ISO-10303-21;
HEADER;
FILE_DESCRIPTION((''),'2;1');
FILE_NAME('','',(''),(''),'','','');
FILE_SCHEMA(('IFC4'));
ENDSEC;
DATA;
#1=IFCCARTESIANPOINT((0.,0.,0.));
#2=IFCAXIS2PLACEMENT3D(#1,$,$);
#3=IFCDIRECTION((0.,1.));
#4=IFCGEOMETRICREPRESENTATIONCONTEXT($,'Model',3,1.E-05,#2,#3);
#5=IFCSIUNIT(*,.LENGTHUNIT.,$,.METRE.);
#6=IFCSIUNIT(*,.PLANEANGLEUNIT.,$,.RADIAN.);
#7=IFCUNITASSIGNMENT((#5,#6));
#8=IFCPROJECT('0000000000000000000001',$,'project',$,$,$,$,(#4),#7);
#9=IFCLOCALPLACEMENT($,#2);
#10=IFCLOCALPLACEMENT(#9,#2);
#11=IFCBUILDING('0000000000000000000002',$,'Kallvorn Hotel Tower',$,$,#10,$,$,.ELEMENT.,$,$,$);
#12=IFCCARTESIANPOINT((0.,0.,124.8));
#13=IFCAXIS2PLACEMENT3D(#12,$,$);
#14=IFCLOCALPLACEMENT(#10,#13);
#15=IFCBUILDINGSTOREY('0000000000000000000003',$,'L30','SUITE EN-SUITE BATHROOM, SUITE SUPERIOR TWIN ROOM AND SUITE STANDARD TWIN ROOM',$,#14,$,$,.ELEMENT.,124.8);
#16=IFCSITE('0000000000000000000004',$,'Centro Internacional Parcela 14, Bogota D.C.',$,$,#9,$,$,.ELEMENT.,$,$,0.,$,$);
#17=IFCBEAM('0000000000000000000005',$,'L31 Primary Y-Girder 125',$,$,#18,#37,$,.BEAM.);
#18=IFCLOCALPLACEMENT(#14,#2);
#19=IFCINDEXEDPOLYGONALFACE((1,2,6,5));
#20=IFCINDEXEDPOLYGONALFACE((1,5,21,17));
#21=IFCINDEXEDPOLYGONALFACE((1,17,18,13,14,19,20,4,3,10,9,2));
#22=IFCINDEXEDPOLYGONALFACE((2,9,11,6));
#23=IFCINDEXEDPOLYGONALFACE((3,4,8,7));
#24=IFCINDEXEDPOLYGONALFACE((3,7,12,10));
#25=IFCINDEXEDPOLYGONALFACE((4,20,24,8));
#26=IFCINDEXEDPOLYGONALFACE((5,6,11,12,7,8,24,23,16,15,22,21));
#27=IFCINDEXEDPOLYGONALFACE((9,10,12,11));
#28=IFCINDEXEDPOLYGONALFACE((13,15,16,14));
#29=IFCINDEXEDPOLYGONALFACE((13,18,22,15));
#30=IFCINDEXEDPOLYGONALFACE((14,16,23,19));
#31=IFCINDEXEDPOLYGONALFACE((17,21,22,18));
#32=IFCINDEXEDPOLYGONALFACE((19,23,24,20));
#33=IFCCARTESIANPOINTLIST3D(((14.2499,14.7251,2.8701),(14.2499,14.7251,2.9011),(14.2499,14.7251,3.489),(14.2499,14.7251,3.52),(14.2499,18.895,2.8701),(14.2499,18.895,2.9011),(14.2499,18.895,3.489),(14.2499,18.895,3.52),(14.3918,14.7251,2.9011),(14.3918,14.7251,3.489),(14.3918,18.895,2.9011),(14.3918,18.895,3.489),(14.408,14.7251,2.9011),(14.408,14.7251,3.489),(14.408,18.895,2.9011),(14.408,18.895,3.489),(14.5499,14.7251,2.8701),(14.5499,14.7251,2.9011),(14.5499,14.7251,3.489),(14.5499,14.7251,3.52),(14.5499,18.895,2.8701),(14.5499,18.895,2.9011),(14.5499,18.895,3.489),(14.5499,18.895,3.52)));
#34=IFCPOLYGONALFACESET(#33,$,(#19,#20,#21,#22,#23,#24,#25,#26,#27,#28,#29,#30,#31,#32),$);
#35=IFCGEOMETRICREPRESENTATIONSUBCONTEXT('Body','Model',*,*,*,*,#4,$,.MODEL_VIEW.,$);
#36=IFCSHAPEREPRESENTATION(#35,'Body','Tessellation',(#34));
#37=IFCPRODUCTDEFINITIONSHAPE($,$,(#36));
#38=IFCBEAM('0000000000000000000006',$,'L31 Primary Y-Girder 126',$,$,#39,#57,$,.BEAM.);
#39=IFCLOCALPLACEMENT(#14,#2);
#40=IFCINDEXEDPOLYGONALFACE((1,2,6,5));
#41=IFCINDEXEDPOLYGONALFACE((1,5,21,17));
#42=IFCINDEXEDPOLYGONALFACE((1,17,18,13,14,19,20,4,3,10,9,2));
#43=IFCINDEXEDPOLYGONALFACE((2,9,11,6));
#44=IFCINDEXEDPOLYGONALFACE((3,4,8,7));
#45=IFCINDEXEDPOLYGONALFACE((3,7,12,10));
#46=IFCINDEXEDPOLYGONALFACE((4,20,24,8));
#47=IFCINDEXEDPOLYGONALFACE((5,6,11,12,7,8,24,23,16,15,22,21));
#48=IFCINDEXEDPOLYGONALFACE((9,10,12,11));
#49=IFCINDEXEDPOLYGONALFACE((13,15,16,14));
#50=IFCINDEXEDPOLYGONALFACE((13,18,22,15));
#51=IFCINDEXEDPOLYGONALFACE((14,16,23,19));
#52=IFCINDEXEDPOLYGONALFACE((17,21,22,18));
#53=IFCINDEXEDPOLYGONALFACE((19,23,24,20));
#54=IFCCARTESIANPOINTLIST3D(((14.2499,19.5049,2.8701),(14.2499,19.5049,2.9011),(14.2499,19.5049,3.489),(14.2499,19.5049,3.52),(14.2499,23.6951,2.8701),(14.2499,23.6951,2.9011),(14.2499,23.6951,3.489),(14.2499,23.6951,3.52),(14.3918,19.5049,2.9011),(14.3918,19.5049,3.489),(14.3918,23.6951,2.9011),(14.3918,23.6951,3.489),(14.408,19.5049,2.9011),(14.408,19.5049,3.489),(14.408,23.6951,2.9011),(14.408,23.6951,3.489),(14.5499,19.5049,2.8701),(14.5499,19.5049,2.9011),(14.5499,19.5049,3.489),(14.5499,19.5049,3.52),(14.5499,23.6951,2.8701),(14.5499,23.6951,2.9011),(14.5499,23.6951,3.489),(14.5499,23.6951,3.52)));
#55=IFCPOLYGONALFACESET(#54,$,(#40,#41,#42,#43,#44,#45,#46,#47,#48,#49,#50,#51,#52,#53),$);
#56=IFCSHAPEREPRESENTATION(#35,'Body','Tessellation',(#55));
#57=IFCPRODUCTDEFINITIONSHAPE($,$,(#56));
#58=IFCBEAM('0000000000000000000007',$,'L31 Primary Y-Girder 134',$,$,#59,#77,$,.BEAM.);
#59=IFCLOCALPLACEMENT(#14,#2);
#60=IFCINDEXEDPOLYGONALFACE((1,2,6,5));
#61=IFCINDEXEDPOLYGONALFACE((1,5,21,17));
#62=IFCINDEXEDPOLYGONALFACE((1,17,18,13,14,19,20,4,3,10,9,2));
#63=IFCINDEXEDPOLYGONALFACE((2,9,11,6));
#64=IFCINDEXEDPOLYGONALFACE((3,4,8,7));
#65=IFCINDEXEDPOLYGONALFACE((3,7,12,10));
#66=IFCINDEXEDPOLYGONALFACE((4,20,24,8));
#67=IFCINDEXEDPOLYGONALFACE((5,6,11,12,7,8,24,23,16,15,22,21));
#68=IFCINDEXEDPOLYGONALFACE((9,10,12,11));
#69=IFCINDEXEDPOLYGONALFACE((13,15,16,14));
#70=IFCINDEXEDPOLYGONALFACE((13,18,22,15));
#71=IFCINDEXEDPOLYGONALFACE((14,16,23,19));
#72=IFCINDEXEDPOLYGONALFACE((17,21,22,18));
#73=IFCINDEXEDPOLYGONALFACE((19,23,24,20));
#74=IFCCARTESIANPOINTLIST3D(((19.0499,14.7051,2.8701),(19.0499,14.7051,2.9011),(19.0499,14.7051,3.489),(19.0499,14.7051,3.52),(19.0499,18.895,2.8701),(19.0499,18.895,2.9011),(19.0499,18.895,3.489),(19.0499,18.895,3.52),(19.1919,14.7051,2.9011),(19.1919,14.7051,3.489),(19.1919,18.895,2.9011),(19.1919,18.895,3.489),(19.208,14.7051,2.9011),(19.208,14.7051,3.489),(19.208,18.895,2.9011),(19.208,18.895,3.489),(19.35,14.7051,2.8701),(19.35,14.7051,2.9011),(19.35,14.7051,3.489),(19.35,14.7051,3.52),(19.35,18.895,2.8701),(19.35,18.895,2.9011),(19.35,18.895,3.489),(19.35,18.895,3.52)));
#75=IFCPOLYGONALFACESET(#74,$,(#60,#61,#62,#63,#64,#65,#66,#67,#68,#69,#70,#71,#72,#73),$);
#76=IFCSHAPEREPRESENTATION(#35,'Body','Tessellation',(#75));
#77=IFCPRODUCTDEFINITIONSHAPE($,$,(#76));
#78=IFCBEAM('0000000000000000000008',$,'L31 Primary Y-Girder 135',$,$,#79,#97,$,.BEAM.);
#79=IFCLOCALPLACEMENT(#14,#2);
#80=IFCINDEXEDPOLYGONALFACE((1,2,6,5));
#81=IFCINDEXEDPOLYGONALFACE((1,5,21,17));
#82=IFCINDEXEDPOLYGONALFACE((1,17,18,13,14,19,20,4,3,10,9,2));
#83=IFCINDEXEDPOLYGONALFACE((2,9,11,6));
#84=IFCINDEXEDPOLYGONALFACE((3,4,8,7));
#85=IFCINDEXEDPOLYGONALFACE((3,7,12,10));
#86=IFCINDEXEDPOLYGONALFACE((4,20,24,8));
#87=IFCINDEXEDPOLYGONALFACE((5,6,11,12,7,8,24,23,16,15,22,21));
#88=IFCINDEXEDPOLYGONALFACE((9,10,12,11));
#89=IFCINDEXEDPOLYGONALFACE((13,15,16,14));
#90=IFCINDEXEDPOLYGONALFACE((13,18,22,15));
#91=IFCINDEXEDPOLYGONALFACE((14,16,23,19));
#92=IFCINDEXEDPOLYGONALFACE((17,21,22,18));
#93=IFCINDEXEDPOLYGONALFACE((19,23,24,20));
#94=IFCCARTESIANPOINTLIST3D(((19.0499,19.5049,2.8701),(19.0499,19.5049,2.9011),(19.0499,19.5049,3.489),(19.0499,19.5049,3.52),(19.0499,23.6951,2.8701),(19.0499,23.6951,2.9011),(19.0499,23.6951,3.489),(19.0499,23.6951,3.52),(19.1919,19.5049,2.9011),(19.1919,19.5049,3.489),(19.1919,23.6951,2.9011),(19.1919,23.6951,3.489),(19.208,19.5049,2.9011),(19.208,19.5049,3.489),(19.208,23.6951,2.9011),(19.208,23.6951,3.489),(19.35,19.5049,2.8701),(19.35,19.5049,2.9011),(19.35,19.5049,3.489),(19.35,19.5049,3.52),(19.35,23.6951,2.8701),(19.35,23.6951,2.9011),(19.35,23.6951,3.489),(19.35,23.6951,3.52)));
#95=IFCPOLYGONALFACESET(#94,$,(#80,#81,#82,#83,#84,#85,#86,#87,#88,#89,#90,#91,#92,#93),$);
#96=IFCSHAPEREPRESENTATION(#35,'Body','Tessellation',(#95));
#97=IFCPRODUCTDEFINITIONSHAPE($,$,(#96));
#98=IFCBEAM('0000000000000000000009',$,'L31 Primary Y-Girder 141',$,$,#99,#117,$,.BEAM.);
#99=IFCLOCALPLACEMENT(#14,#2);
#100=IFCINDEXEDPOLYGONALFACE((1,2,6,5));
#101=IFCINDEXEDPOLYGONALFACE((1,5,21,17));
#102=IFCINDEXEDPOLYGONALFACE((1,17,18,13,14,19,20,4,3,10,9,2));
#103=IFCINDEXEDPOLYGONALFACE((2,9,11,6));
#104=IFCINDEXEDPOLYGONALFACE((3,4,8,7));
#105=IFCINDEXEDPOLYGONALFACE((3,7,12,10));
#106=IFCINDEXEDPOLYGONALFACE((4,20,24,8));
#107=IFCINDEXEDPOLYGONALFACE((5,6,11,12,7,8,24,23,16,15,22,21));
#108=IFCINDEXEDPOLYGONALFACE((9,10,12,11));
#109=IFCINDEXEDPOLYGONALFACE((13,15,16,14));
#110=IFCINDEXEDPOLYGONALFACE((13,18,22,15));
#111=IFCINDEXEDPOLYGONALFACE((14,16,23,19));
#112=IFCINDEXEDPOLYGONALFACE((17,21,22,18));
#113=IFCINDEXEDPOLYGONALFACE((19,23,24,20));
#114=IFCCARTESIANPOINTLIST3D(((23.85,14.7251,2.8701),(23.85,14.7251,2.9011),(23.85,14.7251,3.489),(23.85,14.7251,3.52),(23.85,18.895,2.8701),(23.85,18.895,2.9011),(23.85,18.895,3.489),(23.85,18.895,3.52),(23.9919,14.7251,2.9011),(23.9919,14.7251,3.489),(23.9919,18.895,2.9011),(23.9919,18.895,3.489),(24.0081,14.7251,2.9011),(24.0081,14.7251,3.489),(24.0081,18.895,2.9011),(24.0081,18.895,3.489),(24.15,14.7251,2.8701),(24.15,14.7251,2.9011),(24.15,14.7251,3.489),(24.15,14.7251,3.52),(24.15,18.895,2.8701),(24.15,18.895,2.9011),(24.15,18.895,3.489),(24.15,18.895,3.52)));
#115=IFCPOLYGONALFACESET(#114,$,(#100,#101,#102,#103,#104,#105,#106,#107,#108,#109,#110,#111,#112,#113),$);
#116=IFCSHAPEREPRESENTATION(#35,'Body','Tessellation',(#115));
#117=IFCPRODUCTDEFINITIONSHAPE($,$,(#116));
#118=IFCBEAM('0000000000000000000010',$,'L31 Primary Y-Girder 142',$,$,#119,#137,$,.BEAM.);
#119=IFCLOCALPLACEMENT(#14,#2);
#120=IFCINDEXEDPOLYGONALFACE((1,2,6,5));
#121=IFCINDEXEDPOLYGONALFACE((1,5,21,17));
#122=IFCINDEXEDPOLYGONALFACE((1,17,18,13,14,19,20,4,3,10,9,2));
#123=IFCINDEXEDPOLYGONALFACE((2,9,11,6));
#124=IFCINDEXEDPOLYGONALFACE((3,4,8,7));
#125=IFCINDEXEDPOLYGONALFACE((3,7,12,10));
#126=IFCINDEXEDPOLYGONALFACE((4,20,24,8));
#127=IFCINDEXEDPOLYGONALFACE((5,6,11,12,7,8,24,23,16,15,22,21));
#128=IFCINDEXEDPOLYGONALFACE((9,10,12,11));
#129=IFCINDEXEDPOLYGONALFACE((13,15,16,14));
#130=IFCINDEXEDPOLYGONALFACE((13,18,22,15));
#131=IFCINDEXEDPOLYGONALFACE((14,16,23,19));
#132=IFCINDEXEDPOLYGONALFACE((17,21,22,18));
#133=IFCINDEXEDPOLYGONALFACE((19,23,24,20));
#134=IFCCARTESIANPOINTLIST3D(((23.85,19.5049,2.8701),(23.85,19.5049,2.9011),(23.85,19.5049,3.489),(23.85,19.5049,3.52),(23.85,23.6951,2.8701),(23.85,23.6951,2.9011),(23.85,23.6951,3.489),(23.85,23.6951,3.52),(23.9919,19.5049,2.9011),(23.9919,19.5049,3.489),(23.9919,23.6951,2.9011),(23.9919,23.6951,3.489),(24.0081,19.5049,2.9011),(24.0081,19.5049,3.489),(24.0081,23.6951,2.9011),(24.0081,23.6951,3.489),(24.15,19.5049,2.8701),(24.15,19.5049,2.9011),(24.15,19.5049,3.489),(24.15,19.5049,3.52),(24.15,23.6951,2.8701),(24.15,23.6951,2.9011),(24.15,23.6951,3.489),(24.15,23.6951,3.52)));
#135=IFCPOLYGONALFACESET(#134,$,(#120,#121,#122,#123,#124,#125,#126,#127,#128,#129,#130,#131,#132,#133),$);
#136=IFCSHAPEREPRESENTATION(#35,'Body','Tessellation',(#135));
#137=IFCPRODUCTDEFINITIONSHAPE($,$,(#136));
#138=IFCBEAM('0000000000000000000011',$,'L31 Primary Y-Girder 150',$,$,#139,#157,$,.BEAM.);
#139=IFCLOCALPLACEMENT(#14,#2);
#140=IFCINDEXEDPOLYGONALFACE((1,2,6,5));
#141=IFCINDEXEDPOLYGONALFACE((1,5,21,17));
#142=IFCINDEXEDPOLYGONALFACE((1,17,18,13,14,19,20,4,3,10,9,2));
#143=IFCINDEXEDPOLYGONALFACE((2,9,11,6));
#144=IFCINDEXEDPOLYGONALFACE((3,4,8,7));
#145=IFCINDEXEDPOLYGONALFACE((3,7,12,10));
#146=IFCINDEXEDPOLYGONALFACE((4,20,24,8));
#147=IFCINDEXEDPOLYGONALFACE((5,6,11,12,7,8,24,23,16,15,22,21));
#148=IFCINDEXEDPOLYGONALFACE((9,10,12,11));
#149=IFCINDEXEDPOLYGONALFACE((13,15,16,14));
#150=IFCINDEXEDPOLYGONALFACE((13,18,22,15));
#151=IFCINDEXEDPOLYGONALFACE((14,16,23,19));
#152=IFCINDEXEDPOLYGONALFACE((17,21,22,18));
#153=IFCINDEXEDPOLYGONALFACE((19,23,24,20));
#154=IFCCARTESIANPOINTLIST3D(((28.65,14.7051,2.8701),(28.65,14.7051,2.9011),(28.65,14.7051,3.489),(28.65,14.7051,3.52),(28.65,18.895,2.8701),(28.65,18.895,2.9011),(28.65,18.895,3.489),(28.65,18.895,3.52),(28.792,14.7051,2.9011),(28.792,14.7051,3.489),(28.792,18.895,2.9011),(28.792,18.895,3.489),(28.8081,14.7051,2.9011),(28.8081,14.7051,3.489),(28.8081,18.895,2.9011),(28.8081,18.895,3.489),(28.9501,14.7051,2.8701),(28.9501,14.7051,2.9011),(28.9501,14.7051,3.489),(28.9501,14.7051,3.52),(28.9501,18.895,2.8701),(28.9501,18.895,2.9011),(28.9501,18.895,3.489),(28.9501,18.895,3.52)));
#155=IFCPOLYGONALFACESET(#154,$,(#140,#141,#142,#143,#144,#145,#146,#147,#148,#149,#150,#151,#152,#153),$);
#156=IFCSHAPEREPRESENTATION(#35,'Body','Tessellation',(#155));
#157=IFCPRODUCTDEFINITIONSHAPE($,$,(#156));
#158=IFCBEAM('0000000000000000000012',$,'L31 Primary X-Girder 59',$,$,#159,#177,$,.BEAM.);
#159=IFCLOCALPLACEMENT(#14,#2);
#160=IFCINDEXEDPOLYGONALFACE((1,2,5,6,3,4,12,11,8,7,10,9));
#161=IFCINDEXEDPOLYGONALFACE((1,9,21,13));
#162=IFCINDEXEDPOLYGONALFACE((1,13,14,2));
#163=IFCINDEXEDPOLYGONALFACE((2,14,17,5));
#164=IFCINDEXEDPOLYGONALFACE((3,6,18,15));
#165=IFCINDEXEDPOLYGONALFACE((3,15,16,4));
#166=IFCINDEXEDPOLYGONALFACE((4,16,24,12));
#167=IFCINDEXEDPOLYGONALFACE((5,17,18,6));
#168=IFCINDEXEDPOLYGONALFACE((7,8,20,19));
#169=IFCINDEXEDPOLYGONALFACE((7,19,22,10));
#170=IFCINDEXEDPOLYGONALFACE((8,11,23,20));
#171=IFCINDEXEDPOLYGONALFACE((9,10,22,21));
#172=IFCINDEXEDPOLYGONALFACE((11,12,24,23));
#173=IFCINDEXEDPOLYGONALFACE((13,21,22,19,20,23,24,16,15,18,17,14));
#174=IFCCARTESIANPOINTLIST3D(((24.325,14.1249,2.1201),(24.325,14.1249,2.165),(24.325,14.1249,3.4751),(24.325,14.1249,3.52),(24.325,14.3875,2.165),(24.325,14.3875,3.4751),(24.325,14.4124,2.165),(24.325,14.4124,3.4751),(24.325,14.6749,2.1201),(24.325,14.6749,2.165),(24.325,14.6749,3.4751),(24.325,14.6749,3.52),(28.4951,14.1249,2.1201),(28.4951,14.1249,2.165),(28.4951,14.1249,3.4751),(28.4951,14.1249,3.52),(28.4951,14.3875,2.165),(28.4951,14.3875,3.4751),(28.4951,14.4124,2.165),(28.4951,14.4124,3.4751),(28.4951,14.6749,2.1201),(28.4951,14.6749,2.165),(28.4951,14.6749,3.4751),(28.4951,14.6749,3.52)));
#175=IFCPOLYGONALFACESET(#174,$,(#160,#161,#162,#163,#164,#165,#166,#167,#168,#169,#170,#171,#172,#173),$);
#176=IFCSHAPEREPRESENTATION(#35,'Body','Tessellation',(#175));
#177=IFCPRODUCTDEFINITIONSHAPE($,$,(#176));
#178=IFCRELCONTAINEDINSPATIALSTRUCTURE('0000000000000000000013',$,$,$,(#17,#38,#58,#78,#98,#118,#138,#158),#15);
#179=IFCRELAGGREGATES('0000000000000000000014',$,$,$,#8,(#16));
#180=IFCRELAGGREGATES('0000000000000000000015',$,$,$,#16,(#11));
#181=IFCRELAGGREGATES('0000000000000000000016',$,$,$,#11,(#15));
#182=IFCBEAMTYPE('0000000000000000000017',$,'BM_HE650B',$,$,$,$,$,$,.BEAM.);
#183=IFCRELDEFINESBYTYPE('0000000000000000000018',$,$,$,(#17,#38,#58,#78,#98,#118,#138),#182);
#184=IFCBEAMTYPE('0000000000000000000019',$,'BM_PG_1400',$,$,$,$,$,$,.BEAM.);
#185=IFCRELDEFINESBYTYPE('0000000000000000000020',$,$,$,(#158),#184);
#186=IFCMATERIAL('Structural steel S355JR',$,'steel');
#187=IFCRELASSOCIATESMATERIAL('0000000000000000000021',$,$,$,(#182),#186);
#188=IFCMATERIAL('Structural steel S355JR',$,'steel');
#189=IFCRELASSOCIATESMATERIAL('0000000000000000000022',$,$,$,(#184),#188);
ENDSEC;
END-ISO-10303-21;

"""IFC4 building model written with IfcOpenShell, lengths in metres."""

from ifc_helpers import new_model, si_unit, direction, frame, origin, origin_2d, place, context, subcontext, project, spatial, i_section, extrude, material, material_profile, profile_set, type_object, element, save


model = new_model("IFC4")

# Units and contexts
model_context = context("Model", 3, precision=1e-05, world=origin(), true_north=direction((0.0, 1.0)))
body_context = subcontext(model_context, "Body", "Model", "MODEL_VIEW")
ifc_project = project(units=[si_unit("LENGTHUNIT", "METRE"), si_unit("PLANEANGLEUNIT", "RADIAN")], contexts=[model_context])

# Site, building, storey
site_placement = place(None, origin())
site = spatial("IfcSite", under=ifc_project, at=site_placement, Name="Centro Internacional Parcela 14, Bogota D.C.", CompositionType="ELEMENT", RefElevation=0.0)
building_placement = place(site_placement, origin())
building = spatial("IfcBuilding", under=site, at=building_placement, Name="Kallvorn Hotel Tower", CompositionType="ELEMENT")
storey_placement = place(building_placement, frame((0.0, 0.0, 124.8)))
storey = spatial("IfcBuildingStorey", under=building, at=storey_placement, Name="L30", Description="SUITE EN-SUITE BATHROOM, SUITE SUPERIOR TWIN ROOM AND SUITE STANDARD TWIN ROOM", CompositionType="ELEMENT", Elevation=124.8)

# Beams
ifc_material_1 = material(Name="Structural steel S355JR", Category="steel")
ifc_material_profile_1 = material_profile(ifc_material_1, i_section(OverallWidth=0.3, OverallDepth=0.6499, WebThickness=0.0161, FlangeThickness=0.031, at=origin_2d()), Name="HE 650 B")
ifc_profile_set_1 = profile_set([ifc_material_profile_1], Name="Structural steel S355JR")
beam_type_1 = type_object("IfcBeamType", Name="BM_HE650B", PredefinedType="BEAM", material=ifc_profile_set_1)
beam_1_placement = place(storey_placement, frame((14.3999, 14.7251, 3.1951), z_axis=(0.0, 1.0, 0.0), x_axis=(-1.0, 0.0, 0.0)))
element("IfcBeam", 1, at=beam_1_placement, inside=storey, type_object=beam_type_1, Name="L31 Primary Y-Girder 125", PredefinedType="BEAM", context=body_context, shape_type="SweptSolid", body=[
    extrude(i_section(OverallWidth=0.3, OverallDepth=0.6499, WebThickness=0.0161, FlangeThickness=0.031, at=origin_2d()), origin(), (0.0, 0.0, 1.0), 4.1699),
])
beam_2_placement = place(storey_placement, frame((14.3999, 19.5049, 3.1951), z_axis=(0.0, 1.0, 0.0), x_axis=(-1.0, 0.0, 0.0)))
element("IfcBeam", 2, at=beam_2_placement, inside=storey, type_object=beam_type_1, Name="L31 Primary Y-Girder 126", PredefinedType="BEAM", context=body_context, shape_type="SweptSolid", body=[
    extrude(i_section(OverallWidth=0.3, OverallDepth=0.6499, WebThickness=0.0161, FlangeThickness=0.031, at=origin_2d()), origin(), (0.0, 0.0, 1.0), 4.1902),
])
beam_3_placement = place(storey_placement, frame((19.2, 14.7051, 3.1951), z_axis=(0.0, 1.0, 0.0), x_axis=(-1.0, 0.0, 0.0)))
element("IfcBeam", 3, at=beam_3_placement, inside=storey, type_object=beam_type_1, Name="L31 Primary Y-Girder 134", PredefinedType="BEAM", context=body_context, shape_type="SweptSolid", body=[
    extrude(i_section(OverallWidth=0.3, OverallDepth=0.6499, WebThickness=0.0161, FlangeThickness=0.031, at=origin_2d()), origin(), (0.0, 0.0, 1.0), 4.1899),
])
beam_4_placement = place(storey_placement, frame((19.2, 19.5049, 3.1951), z_axis=(0.0, 1.0, 0.0), x_axis=(-1.0, 0.0, 0.0)))
element("IfcBeam", 4, at=beam_4_placement, inside=storey, type_object=beam_type_1, Name="L31 Primary Y-Girder 135", PredefinedType="BEAM", context=body_context, shape_type="SweptSolid", body=[
    extrude(i_section(OverallWidth=0.3, OverallDepth=0.6499, WebThickness=0.0161, FlangeThickness=0.031, at=origin_2d()), origin(), (0.0, 0.0, 1.0), 4.1902),
])
beam_5_placement = place(storey_placement, frame((24.0, 14.7251, 3.1951), z_axis=(0.0, 1.0, 0.0), x_axis=(-1.0, 0.0, 0.0)))
element("IfcBeam", 5, at=beam_5_placement, inside=storey, type_object=beam_type_1, Name="L31 Primary Y-Girder 141", PredefinedType="BEAM", context=body_context, shape_type="SweptSolid", body=[
    extrude(i_section(OverallWidth=0.3, OverallDepth=0.6499, WebThickness=0.0161, FlangeThickness=0.031, at=origin_2d()), origin(), (0.0, 0.0, 1.0), 4.1699),
])
beam_6_placement = place(storey_placement, frame((24.0, 19.5049, 3.1951), z_axis=(0.0, 1.0, 0.0), x_axis=(-1.0, 0.0, 0.0)))
element("IfcBeam", 6, at=beam_6_placement, inside=storey, type_object=beam_type_1, Name="L31 Primary Y-Girder 142", PredefinedType="BEAM", context=body_context, shape_type="SweptSolid", body=[
    extrude(i_section(OverallWidth=0.3, OverallDepth=0.6499, WebThickness=0.0161, FlangeThickness=0.031, at=origin_2d()), origin(), (0.0, 0.0, 1.0), 4.1902),
])
beam_7_placement = place(storey_placement, frame((28.8, 14.7051, 3.1951), z_axis=(0.0, 1.0, 0.0), x_axis=(-1.0, 0.0, 0.0)))
element("IfcBeam", 7, at=beam_7_placement, inside=storey, type_object=beam_type_1, Name="L31 Primary Y-Girder 150", PredefinedType="BEAM", context=body_context, shape_type="SweptSolid", body=[
    extrude(i_section(OverallWidth=0.3, OverallDepth=0.6499, WebThickness=0.0161, FlangeThickness=0.031, at=origin_2d()), origin(), (0.0, 0.0, 1.0), 4.1899),
])
ifc_material_2 = material(Name="Structural steel S355JR", Category="steel")
ifc_material_profile_2 = material_profile(ifc_material_2, i_section(OverallWidth=0.55, OverallDepth=1.3999, WebThickness=0.0249, FlangeThickness=0.0449, at=origin_2d()), Name="PG 1400x550x25x45")
ifc_profile_set_2 = profile_set([ifc_material_profile_2], Name="Structural steel S355JR")
beam_type_2 = type_object("IfcBeamType", Name="BM_PG_1400", PredefinedType="BEAM", material=ifc_profile_set_2)
beam_8_placement = place(storey_placement, frame((24.325, 14.3999, 2.8201), z_axis=(1.0, 0.0, 0.0), x_axis=(0.0, 1.0, 0.0)))
element("IfcBeam", 8, at=beam_8_placement, inside=storey, type_object=beam_type_2, Name="L31 Primary X-Girder 59", PredefinedType="BEAM", context=body_context, shape_type="SweptSolid", body=[
    extrude(i_section(OverallWidth=0.55, OverallDepth=1.3999, WebThickness=0.0249, FlangeThickness=0.0449, at=origin_2d()), origin(), (0.0, 0.0, 1.0), 4.1702),
])

save(model, "model.ifc")
